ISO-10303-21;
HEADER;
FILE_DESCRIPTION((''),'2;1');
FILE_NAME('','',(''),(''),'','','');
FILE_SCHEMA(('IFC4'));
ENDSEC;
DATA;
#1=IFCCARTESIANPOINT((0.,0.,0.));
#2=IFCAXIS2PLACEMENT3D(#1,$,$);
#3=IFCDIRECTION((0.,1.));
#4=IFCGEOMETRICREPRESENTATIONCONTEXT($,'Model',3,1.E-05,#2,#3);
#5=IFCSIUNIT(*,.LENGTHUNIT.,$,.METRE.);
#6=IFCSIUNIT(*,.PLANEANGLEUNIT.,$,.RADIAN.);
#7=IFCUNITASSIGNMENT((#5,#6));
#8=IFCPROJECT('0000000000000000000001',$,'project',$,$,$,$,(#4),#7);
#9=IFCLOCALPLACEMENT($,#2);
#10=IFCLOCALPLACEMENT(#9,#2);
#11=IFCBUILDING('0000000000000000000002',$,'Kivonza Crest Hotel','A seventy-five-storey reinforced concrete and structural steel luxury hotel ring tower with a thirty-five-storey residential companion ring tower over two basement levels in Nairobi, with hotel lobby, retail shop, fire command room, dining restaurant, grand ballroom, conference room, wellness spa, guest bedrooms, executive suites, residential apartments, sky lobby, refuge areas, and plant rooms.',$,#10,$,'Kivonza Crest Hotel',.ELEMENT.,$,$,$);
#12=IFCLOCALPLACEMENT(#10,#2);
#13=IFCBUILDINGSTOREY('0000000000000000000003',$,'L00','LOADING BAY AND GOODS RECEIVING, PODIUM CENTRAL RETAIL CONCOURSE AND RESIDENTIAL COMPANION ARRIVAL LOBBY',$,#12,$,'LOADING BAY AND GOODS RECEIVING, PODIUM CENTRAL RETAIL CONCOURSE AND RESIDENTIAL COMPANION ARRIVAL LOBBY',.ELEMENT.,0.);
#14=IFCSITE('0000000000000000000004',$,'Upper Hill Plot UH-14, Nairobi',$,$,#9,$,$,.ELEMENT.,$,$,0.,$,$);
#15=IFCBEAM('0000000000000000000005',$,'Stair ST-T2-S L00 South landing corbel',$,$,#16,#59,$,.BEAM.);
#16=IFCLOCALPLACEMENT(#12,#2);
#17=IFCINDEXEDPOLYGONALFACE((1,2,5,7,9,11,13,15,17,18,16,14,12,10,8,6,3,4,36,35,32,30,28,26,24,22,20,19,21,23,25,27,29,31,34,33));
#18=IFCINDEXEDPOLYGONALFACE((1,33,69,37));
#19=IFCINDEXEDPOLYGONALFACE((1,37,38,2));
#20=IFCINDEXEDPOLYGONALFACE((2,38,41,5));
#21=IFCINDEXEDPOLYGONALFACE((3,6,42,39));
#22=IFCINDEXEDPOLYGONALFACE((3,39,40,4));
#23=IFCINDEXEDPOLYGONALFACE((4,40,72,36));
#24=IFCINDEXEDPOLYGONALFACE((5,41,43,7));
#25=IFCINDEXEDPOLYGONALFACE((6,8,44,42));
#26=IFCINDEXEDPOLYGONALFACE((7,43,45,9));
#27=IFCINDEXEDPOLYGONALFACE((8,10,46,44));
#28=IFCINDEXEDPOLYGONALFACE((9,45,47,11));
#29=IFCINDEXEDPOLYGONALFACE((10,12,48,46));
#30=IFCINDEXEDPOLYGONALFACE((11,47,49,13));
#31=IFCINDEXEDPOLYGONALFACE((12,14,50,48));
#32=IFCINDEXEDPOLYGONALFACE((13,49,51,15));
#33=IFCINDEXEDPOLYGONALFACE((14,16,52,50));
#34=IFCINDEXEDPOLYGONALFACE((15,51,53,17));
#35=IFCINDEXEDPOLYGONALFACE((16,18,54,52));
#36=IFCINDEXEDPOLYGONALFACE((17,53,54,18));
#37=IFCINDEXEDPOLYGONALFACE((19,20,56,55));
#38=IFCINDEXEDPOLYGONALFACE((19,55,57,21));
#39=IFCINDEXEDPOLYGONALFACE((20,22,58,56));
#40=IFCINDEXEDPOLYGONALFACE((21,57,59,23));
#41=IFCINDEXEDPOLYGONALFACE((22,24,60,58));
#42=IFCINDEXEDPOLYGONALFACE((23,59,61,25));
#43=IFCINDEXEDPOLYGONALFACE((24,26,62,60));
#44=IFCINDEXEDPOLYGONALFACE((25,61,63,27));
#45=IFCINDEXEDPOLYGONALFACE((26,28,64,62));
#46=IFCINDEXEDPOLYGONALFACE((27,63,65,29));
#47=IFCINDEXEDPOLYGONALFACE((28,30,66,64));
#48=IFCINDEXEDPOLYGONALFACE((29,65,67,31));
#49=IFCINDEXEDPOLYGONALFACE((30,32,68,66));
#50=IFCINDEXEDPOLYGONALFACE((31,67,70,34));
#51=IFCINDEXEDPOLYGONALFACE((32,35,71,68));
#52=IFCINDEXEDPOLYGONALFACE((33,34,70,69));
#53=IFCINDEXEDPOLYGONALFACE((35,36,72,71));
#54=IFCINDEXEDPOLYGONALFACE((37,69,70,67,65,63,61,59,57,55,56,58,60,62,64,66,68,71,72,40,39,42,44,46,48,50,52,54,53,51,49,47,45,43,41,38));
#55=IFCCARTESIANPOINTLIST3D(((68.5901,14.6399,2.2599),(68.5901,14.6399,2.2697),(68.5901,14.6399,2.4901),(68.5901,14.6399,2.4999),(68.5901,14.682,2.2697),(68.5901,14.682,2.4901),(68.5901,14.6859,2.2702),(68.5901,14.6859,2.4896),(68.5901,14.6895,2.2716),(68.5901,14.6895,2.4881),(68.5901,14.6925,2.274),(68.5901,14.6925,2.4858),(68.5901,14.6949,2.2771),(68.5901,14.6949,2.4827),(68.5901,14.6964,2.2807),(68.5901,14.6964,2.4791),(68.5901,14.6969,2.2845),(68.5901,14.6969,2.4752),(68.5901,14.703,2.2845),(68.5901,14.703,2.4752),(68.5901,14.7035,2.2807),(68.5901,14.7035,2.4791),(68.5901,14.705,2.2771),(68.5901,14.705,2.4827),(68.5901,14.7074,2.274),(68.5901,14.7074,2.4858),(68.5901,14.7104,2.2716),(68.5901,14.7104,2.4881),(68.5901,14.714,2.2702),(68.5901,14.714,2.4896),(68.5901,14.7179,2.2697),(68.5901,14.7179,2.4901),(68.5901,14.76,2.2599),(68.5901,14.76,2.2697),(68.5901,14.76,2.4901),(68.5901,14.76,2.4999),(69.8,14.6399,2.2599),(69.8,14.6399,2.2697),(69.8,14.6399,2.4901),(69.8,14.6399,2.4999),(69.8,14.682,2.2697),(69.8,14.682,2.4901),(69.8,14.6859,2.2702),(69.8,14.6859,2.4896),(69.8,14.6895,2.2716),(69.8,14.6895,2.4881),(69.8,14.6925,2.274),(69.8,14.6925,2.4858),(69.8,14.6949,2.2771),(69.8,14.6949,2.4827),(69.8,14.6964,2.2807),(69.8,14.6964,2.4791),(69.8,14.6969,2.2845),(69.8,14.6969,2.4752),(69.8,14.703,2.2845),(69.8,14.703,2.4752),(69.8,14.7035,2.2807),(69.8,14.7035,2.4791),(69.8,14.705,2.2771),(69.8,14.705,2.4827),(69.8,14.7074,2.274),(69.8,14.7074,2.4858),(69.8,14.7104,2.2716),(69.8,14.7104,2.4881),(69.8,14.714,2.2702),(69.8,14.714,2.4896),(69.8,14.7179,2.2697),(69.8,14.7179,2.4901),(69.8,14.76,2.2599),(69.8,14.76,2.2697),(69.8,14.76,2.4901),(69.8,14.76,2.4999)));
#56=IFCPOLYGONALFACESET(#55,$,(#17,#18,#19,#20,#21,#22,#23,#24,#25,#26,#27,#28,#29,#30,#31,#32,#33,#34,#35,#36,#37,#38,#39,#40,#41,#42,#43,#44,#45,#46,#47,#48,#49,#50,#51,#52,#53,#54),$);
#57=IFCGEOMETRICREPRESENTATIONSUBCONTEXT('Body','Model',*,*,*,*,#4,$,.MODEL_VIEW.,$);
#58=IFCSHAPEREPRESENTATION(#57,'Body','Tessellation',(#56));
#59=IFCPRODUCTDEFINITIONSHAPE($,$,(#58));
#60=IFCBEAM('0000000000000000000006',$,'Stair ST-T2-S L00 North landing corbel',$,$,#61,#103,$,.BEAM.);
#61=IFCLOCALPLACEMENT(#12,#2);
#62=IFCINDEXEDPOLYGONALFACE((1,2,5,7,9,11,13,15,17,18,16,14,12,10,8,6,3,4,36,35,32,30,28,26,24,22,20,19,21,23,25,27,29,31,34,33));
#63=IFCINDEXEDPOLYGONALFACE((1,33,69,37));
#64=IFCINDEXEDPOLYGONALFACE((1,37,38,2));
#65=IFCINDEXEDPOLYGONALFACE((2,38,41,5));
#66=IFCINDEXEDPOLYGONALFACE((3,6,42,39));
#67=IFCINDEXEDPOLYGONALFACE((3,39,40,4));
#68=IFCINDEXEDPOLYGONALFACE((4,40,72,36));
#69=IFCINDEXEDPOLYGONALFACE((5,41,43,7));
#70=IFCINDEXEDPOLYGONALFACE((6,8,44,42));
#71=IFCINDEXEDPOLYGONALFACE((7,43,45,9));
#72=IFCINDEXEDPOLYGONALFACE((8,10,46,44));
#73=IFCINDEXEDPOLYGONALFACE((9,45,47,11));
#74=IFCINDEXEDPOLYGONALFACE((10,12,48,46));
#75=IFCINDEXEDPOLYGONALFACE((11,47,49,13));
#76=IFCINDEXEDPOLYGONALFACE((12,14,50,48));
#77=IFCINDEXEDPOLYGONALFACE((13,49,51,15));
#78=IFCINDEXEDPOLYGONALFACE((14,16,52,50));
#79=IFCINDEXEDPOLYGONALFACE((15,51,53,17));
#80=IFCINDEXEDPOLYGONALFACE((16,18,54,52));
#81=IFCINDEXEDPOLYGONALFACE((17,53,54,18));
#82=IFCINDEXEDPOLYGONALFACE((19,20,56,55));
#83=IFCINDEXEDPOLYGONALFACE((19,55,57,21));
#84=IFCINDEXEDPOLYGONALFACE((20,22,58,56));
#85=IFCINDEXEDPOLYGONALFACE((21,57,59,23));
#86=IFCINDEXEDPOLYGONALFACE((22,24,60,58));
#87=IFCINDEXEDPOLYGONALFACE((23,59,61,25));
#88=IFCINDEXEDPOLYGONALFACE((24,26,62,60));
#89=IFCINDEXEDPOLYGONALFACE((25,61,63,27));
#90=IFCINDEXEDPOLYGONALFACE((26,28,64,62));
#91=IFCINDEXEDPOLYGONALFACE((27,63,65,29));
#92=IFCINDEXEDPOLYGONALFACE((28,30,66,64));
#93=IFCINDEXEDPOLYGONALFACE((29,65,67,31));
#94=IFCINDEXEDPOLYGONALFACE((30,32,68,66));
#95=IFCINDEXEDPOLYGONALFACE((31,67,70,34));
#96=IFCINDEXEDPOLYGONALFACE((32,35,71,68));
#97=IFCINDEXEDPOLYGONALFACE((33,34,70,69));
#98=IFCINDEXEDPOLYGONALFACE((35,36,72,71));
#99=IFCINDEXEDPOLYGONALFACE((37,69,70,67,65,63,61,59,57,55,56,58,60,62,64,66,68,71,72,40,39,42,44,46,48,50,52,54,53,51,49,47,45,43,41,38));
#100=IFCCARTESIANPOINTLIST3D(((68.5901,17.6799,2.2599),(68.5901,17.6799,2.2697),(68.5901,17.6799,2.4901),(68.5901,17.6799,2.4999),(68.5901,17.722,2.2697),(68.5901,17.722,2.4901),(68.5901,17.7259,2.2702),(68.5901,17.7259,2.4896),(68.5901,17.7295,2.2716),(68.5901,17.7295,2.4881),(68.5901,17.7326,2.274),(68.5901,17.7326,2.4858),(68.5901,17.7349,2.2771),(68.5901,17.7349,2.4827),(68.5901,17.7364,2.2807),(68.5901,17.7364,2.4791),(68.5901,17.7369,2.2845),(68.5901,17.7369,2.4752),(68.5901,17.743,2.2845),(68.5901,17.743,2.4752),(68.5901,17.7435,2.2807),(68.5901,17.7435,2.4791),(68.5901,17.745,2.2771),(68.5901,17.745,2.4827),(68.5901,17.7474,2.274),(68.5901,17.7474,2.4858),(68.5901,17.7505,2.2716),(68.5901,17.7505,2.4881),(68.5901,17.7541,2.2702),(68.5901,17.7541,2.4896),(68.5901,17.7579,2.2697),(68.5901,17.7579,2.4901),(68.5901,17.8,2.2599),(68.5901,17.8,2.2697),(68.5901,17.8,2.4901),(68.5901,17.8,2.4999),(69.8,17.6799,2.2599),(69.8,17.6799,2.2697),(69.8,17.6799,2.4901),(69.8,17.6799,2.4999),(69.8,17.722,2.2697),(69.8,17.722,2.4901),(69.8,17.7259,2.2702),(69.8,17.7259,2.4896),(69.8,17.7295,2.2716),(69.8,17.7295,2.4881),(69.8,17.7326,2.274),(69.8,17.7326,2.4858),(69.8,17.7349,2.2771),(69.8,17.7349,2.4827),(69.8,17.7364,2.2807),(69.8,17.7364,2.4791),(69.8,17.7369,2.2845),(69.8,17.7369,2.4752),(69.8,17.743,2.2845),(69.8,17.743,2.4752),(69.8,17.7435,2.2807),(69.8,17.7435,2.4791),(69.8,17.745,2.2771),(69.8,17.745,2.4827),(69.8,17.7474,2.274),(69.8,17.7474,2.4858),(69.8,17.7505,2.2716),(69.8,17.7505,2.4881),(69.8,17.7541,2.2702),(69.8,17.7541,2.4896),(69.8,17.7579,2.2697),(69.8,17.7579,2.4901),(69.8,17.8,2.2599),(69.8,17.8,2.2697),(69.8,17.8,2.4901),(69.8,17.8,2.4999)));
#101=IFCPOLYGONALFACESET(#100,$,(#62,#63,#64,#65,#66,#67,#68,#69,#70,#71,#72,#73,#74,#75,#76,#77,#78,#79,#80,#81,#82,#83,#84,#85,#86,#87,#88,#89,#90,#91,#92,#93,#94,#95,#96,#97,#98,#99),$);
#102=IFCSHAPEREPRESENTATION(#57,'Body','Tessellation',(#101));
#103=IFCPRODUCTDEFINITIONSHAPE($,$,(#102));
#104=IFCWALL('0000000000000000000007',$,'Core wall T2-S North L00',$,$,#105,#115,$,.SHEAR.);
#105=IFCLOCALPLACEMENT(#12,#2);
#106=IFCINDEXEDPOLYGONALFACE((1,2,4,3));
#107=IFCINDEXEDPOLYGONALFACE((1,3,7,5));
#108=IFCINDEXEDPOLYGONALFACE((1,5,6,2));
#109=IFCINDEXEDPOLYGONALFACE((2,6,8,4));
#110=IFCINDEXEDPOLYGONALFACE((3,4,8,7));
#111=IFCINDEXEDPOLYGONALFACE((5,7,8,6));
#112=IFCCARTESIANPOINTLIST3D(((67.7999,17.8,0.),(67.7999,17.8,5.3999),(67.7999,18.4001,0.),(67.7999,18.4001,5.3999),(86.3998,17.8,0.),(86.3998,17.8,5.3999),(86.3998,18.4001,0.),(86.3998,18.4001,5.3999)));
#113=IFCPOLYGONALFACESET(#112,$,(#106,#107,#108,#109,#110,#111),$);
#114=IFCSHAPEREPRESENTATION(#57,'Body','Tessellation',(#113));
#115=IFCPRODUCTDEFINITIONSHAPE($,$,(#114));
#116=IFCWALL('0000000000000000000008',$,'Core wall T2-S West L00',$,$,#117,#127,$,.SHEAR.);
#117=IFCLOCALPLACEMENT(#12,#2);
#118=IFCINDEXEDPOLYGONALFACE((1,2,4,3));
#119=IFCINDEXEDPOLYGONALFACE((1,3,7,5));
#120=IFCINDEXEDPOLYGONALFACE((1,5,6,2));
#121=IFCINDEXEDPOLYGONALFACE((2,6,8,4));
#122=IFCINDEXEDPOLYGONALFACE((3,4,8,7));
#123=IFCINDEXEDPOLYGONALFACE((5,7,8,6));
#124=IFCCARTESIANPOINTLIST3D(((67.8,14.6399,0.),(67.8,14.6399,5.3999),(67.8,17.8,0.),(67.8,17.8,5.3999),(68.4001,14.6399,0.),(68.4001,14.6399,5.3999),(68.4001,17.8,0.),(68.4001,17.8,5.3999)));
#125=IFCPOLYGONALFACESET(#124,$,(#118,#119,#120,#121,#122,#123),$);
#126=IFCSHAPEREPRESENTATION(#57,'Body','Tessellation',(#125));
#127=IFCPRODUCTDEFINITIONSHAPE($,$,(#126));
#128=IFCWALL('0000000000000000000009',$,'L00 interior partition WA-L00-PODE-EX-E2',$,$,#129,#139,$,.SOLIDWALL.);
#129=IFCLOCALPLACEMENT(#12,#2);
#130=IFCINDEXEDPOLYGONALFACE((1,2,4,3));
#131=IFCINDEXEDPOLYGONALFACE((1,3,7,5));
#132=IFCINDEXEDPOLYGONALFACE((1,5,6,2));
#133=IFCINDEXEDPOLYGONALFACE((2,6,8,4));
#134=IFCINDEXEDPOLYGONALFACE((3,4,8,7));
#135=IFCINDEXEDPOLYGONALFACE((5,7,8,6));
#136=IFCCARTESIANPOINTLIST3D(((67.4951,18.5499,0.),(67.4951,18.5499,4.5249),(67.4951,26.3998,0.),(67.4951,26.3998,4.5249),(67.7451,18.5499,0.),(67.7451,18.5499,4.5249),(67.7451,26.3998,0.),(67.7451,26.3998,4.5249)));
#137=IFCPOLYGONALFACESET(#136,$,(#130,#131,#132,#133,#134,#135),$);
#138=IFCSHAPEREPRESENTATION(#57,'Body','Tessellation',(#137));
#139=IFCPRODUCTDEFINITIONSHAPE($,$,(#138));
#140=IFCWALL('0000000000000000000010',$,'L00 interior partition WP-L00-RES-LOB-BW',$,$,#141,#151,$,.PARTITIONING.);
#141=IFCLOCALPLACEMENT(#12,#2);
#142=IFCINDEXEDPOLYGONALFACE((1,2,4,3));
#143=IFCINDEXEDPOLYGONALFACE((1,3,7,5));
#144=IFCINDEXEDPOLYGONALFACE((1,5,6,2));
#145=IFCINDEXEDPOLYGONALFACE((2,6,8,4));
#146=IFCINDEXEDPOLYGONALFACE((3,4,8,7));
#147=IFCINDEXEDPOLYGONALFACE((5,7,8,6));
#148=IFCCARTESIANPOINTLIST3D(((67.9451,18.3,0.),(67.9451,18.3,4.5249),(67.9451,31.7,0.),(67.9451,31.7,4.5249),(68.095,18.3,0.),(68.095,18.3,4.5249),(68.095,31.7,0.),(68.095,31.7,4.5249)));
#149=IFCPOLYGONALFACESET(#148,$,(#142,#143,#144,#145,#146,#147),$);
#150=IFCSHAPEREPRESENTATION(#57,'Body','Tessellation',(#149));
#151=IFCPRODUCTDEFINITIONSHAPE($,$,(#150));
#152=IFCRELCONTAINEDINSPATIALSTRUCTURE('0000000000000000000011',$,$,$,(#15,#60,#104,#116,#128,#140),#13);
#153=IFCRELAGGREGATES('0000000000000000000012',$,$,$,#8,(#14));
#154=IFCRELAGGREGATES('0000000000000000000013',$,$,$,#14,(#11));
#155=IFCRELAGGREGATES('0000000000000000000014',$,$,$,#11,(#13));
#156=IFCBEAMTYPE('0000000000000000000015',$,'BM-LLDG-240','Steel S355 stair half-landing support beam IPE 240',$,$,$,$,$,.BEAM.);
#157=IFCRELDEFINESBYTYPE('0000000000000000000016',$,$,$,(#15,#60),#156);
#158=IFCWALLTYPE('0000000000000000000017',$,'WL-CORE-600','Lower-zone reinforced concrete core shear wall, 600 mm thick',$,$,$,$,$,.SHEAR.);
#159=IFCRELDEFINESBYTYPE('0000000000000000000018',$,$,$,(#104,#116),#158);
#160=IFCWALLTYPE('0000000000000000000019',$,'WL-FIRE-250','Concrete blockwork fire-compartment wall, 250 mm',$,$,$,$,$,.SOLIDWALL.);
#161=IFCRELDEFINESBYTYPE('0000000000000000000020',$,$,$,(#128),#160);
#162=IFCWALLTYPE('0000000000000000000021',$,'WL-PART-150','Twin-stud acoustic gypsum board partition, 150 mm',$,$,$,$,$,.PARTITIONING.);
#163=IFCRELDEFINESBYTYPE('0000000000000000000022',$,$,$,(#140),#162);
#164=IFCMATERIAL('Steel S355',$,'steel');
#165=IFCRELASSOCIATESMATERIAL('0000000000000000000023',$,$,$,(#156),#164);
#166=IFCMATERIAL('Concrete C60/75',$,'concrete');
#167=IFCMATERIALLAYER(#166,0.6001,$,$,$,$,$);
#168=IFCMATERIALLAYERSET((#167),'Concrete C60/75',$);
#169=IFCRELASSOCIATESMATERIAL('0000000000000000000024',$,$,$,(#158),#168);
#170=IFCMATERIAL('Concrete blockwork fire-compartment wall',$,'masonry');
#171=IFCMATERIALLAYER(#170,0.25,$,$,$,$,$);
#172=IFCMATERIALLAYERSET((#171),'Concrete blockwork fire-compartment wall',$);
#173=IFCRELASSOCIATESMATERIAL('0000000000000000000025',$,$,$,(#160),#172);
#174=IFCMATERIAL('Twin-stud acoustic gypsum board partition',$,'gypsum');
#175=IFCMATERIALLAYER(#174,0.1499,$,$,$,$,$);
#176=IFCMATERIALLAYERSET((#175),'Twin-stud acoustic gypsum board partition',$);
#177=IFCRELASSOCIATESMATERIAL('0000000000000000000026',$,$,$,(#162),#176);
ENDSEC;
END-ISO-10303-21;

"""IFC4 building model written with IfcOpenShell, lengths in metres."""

from ifc_helpers import new_model, si_unit, direction, frame, frame_2d, origin, origin_2d, place, context, subcontext, project, spatial, rectangle, i_section, extrude, material, layer, layer_set, material_profile, profile_set, type_object, element, save


model = new_model("IFC4")

# Units and contexts
model_context = context("Model", 3, precision=1e-05, world=origin(), true_north=direction((0.0, 1.0)))
body_context = subcontext(model_context, "Body", "Model", "MODEL_VIEW")
ifc_project = project(units=[si_unit("LENGTHUNIT", "METRE"), si_unit("PLANEANGLEUNIT", "RADIAN")], contexts=[model_context])

# Site, building, storey
site_placement = place(None, origin())
site = spatial("IfcSite", under=ifc_project, at=site_placement, Name="Upper Hill Plot UH-14, Nairobi", CompositionType="ELEMENT", RefElevation=0.0)
building_placement = place(site_placement, origin())
building = spatial("IfcBuilding", under=site, at=building_placement, Name="Kivonza Crest Hotel", Description="A seventy-five-storey reinforced concrete and structural steel luxury hotel ring tower with a thirty-five-storey residential companion ring tower over two basement levels in Nairobi, with hotel lobby, retail shop, fire command room, dining restaurant, grand ballroom, conference room, wellness spa, guest bedrooms, executive suites, residential apartments, sky lobby, refuge areas, and plant rooms.", LongName="Kivonza Crest Hotel", CompositionType="ELEMENT")
storey_placement = place(building_placement, origin())
storey = spatial("IfcBuildingStorey", under=building, at=storey_placement, Name="L00", Description="LOADING BAY AND GOODS RECEIVING, PODIUM CENTRAL RETAIL CONCOURSE AND RESIDENTIAL COMPANION ARRIVAL LOBBY", LongName="LOADING BAY AND GOODS RECEIVING, PODIUM CENTRAL RETAIL CONCOURSE AND RESIDENTIAL COMPANION ARRIVAL LOBBY", CompositionType="ELEMENT", Elevation=0.0)

# Shared definitions
ifc_material_1 = material(Name="Concrete C60/75", Category="concrete")

# Beams
ifc_material_2 = material(Name="Steel S355", Category="steel")
ifc_material_profile_1 = material_profile(ifc_material_2, i_section(OverallWidth=0.1201, OverallDepth=0.24, WebThickness=0.0061, FlangeThickness=0.0098, FilletRadius=0.0149, at=origin_2d()), Name="IPE 240")
ifc_profile_set_1 = profile_set([ifc_material_profile_1], Name="Steel S355")
beam_type_1 = type_object("IfcBeamType", Name="BM-LLDG-240", Description="Steel S355 stair half-landing support beam IPE 240", PredefinedType="BEAM", material=ifc_profile_set_1)
for number, where, z_axis, x_axis, name in (
    (1, (68.5901, 14.7, 2.3799), (1.0, 0.0, 0.0), (0.0, 1.0, 0.0), "Stair ST-T2-S L00 South landing corbel"),
    (2, (68.5901, 17.74, 2.3799), (1.0, 0.0, 0.0), (0.0, 1.0, 0.0), "Stair ST-T2-S L00 North landing corbel"),
):
    element("IfcBeam", number, at=place(storey_placement, frame(where, z_axis=z_axis, x_axis=x_axis)), inside=storey, type_object=beam_type_1, Name=name, PredefinedType="BEAM", context=body_context, shape_type="SweptSolid", body=[
        extrude(i_section(OverallWidth=0.1201, OverallDepth=0.24, WebThickness=0.0061, FlangeThickness=0.0098, FilletRadius=0.0149, at=origin_2d()), origin(), (0.0, 0.0, 1.0), 1.21),
    ])

# Walls
ifc_layer_1 = layer(ifc_material_1, 0.6001)
ifc_layer_set_1 = layer_set([ifc_layer_1], Name="Concrete C60/75")
wall_type_1 = type_object("IfcWallType", Name="WL-CORE-600", Description="Lower-zone reinforced concrete core shear wall, 600 mm thick", PredefinedType="SHEAR", material=ifc_layer_set_1)
wall_1_placement = place(storey_placement, frame((67.8, 18.1001, 0.0), z_axis=(0.0, 0.0, 1.0), x_axis=(1.0, 0.0, 0.0)))
element("IfcWall", 3, at=wall_1_placement, inside=storey, type_object=wall_type_1, Name="Core wall T2-S North L00", PredefinedType="SHEAR", context=body_context, shape_type="SweptSolid", body=[
    extrude(rectangle(XDim=18.5999, YDim=0.6001, at=frame_2d((9.2998, 0.0))), origin(), (0.0, 0.0, 1.0), 5.3999),
])
wall_2_placement = place(storey_placement, frame((68.1001, 14.6399, 0.0), z_axis=(0.0, 0.0, 1.0), x_axis=(0.0, 1.0, 0.0)))
element("IfcWall", 4, at=wall_2_placement, inside=storey, type_object=wall_type_1, Name="Core wall T2-S West L00", PredefinedType="SHEAR", context=body_context, shape_type="SweptSolid", body=[
    extrude(rectangle(XDim=3.1602, YDim=0.6001, at=frame_2d((1.5801, 0.0))), origin(), (0.0, 0.0, 1.0), 5.3999),
])
ifc_material_3 = material(Name="Concrete blockwork fire-compartment wall", Category="masonry")
ifc_layer_2 = layer(ifc_material_3, 0.25)
ifc_layer_set_2 = layer_set([ifc_layer_2], Name="Concrete blockwork fire-compartment wall")
wall_type_2 = type_object("IfcWallType", Name="WL-FIRE-250", Description="Concrete blockwork fire-compartment wall, 250 mm", PredefinedType="SOLIDWALL", material=ifc_layer_set_2)
wall_3_placement = place(storey_placement, frame((67.6201, 18.55, 0.0), z_axis=(0.0, 0.0, 1.0), x_axis=(0.0, 1.0, 0.0)))
element("IfcWall", 5, at=wall_3_placement, inside=storey, type_object=wall_type_2, Name="L00 interior partition WA-L00-PODE-EX-E2", PredefinedType="SOLIDWALL", context=body_context, shape_type="SweptSolid", body=[
    extrude(rectangle(XDim=7.8499, YDim=0.25, at=frame_2d((3.9248, 0.0))), origin(), (0.0, 0.0, 1.0), 4.5249),
])
ifc_material_4 = material(Name="Twin-stud acoustic gypsum board partition", Category="gypsum")
ifc_layer_3 = layer(ifc_material_4, 0.1499)
ifc_layer_set_3 = layer_set([ifc_layer_3], Name="Twin-stud acoustic gypsum board partition")
wall_type_3 = type_object("IfcWallType", Name="WL-PART-150", Description="Twin-stud acoustic gypsum board partition, 150 mm", PredefinedType="PARTITIONING", material=ifc_layer_set_3)
wall_4_placement = place(storey_placement, frame((68.02, 18.3, 0.0), z_axis=(0.0, 0.0, 1.0), x_axis=(0.0, 1.0, 0.0)))
element("IfcWall", 6, at=wall_4_placement, inside=storey, type_object=wall_type_3, Name="L00 interior partition WP-L00-RES-LOB-BW", PredefinedType="PARTITIONING", context=body_context, shape_type="SweptSolid", body=[
    extrude(rectangle(XDim=13.3999, YDim=0.1499, at=frame_2d((6.7, 0.0))), origin(), (0.0, 0.0, 1.0), 4.5249),
])

save(model, "model.ifc")
